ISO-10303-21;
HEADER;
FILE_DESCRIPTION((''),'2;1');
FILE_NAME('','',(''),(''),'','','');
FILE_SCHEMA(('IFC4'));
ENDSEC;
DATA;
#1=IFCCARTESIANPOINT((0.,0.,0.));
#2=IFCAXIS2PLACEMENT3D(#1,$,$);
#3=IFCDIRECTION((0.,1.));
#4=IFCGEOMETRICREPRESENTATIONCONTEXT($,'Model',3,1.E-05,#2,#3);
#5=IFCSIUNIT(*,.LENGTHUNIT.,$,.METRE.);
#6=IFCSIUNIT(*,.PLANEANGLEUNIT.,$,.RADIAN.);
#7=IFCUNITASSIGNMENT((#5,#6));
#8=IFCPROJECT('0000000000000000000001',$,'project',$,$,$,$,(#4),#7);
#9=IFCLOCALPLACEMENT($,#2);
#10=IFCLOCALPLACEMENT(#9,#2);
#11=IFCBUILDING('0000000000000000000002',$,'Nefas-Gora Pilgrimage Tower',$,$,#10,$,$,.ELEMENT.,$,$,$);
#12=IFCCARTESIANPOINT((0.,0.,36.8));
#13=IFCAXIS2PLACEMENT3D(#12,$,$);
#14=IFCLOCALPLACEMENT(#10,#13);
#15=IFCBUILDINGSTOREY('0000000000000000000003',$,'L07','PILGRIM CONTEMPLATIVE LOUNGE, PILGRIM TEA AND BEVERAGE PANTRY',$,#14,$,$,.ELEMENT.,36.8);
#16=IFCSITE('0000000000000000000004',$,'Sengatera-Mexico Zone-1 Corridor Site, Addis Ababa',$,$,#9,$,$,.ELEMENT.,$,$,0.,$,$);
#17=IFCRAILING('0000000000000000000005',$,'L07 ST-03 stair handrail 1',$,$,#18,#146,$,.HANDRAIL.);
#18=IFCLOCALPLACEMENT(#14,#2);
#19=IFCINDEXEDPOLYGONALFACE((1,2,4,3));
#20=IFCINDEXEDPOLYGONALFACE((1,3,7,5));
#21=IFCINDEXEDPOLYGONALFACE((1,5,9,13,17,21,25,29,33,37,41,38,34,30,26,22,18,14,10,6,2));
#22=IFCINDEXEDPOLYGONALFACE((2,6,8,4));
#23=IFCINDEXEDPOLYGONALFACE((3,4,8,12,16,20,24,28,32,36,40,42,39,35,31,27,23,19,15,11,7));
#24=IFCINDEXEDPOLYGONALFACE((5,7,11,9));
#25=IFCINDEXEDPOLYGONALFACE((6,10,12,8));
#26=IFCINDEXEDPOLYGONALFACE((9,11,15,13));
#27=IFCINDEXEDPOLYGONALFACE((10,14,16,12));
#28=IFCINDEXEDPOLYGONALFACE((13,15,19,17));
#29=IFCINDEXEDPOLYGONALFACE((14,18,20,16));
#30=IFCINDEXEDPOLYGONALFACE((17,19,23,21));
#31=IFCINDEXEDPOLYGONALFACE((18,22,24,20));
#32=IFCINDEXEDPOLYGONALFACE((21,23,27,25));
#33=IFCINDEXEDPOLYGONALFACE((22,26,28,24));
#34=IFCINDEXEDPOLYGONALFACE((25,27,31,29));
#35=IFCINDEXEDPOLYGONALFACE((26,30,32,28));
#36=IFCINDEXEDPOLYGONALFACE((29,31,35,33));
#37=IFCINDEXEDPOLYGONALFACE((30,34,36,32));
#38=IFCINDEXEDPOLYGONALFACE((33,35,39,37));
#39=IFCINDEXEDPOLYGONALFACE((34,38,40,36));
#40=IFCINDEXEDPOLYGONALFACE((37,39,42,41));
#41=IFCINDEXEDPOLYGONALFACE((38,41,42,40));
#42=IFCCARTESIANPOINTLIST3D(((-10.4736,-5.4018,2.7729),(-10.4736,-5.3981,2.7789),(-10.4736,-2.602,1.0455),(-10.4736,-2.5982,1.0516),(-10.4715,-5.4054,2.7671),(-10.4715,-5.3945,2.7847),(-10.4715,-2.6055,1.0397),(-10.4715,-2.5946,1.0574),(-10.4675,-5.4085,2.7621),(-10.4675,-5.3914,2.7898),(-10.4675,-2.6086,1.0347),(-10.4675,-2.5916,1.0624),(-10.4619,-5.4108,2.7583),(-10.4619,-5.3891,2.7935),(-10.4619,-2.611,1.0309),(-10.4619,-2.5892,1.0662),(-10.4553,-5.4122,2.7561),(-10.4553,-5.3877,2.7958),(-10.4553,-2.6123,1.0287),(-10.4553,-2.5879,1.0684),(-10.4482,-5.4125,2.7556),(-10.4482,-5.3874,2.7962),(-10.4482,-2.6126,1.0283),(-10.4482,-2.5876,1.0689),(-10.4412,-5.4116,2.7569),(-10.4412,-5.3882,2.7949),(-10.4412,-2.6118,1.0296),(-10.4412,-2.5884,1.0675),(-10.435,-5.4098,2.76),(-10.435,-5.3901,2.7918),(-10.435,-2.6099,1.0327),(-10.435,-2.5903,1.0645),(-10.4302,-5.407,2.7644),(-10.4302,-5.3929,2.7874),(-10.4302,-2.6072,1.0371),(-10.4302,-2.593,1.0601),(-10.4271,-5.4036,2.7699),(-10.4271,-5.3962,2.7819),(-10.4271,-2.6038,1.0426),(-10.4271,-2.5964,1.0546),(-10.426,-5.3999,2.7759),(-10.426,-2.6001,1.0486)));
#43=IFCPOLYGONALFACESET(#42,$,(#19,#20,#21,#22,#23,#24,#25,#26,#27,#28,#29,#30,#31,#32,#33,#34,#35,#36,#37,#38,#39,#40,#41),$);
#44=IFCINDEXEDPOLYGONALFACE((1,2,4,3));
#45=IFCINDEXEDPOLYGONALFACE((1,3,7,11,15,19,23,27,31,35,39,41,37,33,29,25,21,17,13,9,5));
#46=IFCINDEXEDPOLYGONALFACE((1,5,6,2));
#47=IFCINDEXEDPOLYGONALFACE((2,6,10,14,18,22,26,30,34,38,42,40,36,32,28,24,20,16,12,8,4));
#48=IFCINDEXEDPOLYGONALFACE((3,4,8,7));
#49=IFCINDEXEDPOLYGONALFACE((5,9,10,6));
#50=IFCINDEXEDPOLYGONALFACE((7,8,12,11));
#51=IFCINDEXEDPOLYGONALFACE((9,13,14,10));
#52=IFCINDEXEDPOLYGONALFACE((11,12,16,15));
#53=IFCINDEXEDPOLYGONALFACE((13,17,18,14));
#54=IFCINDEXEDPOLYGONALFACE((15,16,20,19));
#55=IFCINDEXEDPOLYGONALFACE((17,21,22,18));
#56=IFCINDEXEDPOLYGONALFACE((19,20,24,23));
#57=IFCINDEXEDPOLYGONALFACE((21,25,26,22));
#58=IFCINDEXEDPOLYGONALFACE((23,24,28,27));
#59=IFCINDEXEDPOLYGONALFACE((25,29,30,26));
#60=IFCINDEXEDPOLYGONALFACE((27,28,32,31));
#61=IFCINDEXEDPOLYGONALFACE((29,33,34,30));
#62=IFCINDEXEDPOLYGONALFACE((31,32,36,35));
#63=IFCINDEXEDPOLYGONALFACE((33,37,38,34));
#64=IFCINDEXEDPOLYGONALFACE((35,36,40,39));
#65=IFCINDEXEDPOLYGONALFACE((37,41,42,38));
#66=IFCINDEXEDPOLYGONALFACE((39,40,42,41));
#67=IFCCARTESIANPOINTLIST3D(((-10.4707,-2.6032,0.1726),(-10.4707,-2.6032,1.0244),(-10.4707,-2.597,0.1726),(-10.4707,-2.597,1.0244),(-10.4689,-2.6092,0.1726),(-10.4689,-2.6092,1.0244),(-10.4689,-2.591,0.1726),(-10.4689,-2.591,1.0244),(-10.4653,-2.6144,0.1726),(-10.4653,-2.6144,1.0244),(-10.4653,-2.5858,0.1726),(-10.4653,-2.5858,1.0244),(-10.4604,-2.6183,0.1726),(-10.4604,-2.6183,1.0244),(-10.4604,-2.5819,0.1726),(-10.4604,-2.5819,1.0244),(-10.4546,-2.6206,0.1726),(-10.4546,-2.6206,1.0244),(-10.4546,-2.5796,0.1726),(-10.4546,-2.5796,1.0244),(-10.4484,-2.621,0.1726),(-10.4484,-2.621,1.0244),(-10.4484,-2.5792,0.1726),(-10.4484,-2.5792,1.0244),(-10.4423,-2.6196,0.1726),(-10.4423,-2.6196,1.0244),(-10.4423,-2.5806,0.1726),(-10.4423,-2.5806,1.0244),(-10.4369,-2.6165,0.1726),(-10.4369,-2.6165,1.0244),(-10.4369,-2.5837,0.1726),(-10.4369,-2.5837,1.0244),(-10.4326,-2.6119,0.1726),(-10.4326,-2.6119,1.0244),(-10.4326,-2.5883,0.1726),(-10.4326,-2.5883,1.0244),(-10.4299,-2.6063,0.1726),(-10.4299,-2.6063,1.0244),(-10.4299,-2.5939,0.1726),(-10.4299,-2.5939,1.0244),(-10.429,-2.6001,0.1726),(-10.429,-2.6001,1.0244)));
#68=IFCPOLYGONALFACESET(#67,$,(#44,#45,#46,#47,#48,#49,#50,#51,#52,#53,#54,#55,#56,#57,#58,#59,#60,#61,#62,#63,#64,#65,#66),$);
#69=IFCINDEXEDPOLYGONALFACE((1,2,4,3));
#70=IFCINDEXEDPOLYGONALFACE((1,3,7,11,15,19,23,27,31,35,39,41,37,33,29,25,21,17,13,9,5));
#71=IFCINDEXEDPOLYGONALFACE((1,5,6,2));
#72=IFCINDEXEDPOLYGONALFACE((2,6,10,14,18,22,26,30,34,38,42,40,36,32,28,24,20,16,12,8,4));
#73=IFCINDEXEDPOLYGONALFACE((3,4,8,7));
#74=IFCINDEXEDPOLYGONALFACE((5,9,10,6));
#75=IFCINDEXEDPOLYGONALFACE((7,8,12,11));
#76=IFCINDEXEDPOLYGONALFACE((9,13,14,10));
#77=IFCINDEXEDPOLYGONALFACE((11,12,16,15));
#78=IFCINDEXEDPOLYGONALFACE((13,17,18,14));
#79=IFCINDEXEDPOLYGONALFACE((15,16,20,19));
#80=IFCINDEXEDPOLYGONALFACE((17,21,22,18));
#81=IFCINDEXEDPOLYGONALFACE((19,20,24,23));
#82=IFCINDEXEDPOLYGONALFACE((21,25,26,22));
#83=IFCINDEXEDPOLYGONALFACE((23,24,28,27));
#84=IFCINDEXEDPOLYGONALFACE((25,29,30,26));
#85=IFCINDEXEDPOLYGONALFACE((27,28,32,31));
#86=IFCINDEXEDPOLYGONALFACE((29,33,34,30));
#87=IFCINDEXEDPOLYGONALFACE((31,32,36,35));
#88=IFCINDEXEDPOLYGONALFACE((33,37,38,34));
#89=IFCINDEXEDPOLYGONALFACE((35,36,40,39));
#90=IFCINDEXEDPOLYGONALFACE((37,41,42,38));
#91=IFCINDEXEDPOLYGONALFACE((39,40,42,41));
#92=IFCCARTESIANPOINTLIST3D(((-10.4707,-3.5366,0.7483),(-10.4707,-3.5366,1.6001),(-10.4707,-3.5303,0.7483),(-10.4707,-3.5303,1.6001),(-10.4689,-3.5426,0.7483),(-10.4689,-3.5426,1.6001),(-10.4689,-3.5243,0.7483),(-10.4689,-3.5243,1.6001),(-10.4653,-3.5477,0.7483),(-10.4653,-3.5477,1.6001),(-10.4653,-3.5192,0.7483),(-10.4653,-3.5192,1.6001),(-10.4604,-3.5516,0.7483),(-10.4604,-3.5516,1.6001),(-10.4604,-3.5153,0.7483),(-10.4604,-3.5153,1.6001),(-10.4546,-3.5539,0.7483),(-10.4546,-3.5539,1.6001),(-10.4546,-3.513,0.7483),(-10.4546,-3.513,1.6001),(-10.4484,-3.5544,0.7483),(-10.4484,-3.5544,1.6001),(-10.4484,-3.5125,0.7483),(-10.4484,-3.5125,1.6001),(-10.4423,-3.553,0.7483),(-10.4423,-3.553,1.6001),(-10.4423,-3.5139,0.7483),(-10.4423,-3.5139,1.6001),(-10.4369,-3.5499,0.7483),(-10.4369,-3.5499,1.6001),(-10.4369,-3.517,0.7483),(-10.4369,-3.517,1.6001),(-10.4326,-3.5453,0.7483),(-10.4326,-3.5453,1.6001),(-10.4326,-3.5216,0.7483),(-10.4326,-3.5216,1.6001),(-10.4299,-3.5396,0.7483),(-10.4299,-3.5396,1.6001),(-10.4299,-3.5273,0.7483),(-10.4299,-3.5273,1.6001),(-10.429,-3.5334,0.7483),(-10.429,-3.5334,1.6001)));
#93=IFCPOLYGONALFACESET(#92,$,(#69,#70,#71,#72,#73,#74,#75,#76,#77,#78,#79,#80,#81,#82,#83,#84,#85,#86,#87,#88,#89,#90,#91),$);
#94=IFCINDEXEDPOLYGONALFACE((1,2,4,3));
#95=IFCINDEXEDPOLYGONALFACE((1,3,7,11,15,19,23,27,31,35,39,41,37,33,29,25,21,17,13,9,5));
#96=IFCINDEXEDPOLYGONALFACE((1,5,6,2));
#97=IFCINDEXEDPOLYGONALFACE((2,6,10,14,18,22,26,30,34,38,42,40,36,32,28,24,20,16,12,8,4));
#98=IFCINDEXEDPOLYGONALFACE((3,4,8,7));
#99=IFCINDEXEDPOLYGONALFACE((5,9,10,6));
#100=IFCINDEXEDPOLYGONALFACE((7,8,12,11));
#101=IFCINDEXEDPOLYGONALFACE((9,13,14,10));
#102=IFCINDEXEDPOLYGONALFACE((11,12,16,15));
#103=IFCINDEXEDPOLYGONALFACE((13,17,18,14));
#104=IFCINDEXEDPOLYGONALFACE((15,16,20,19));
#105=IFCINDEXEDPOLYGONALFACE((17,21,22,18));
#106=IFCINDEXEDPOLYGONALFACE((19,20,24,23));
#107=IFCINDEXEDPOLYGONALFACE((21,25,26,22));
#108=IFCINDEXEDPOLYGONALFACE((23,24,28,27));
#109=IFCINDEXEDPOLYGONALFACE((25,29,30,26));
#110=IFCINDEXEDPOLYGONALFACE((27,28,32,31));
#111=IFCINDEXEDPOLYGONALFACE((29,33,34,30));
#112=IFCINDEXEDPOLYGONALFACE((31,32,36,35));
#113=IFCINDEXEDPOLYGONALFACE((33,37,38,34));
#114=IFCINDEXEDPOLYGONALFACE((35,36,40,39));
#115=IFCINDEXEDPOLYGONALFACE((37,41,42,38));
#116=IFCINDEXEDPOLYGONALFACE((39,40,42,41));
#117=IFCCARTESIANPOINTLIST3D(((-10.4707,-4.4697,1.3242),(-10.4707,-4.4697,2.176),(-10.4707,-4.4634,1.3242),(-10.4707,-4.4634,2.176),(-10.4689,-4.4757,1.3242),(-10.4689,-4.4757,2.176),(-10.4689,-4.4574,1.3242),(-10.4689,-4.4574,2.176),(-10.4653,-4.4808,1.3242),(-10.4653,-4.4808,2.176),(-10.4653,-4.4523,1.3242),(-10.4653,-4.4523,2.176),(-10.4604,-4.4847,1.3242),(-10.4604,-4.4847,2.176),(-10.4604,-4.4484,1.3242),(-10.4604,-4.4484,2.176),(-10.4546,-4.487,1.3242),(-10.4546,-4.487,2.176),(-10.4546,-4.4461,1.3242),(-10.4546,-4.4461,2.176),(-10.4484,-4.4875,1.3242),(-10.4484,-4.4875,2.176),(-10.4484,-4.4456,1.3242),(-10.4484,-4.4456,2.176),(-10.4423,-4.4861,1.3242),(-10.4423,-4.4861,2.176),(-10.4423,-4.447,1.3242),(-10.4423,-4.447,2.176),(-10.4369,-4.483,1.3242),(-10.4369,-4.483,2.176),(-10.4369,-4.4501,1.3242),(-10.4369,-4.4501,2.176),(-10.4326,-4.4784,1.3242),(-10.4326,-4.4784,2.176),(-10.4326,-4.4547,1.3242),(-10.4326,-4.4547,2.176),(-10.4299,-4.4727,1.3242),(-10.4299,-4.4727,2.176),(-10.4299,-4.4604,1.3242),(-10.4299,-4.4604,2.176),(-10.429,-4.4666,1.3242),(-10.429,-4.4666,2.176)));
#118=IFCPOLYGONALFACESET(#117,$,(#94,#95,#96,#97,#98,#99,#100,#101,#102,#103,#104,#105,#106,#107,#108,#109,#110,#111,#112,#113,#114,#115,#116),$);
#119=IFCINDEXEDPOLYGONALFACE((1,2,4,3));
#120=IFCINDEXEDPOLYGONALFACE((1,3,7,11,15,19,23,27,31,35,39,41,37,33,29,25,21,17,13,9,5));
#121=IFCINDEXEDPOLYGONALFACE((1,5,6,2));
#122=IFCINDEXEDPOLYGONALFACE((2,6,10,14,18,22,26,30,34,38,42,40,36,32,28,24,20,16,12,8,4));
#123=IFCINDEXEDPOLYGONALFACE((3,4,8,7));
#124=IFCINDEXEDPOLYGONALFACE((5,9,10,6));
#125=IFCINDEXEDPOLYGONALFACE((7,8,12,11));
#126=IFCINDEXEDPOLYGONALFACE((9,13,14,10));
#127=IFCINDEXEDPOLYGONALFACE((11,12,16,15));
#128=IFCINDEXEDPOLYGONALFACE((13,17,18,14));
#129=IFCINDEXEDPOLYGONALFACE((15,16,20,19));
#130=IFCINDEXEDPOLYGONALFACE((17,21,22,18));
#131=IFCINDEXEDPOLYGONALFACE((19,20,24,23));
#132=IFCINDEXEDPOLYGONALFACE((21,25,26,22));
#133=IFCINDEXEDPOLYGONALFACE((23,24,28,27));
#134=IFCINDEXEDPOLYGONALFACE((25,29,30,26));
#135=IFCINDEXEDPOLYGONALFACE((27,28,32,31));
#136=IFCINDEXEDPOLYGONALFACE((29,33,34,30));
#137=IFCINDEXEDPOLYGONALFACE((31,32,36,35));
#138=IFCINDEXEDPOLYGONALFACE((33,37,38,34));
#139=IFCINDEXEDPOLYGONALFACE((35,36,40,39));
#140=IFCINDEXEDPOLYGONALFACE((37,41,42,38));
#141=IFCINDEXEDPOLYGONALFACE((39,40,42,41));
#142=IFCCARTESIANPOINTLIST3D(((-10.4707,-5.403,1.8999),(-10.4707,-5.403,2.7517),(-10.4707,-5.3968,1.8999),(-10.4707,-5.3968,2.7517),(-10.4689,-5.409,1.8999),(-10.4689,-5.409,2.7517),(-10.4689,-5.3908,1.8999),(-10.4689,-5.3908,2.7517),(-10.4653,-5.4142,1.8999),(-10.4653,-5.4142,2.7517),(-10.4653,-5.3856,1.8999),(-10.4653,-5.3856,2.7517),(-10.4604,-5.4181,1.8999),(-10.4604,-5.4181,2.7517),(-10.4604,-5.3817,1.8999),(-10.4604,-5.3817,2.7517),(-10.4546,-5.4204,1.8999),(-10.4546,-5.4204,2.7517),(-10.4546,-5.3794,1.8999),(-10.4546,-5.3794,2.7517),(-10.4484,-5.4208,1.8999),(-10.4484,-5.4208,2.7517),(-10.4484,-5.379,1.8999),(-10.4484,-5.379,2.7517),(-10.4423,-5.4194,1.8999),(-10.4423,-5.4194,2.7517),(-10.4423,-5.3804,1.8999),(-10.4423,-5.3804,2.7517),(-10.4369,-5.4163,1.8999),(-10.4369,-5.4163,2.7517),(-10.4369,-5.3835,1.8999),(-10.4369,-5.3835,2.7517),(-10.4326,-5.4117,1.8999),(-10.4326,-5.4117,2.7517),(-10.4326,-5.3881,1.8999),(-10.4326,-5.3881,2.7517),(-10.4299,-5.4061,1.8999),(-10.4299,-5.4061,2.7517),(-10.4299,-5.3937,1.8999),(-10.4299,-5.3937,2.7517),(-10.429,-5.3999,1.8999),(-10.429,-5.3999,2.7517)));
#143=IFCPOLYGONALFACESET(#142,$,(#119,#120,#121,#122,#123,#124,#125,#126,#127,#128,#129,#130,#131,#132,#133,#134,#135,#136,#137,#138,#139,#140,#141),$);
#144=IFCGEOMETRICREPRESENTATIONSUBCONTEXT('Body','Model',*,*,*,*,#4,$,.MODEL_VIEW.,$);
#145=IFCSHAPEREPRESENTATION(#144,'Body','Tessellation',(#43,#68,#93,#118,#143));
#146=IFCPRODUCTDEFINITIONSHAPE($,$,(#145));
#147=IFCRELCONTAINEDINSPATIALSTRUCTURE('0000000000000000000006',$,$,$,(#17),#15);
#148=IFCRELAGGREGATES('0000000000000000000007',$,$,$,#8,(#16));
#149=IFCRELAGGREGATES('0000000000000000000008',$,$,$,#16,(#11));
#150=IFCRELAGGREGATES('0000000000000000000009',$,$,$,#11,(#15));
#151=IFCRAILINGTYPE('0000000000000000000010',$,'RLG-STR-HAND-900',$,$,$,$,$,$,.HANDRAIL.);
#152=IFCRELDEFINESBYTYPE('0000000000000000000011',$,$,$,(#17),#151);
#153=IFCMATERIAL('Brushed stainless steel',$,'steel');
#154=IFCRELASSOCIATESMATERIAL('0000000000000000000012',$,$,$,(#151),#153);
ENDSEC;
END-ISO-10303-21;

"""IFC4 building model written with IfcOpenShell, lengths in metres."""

from ifc_helpers import new_model, si_unit, direction, frame, origin, origin_2d, place, context, subcontext, project, spatial, circle, extrude, material, type_object, element, save


model = new_model("IFC4")

# Units and contexts
model_context = context("Model", 3, precision=1e-05, world=origin(), true_north=direction((0.0, 1.0)))
body_context = subcontext(model_context, "Body", "Model", "MODEL_VIEW")
ifc_project = project(units=[si_unit("LENGTHUNIT", "METRE"), si_unit("PLANEANGLEUNIT", "RADIAN")], contexts=[model_context])

# Site, building, storey
site_placement = place(None, origin())
site = spatial("IfcSite", under=ifc_project, at=site_placement, Name="Sengatera-Mexico Zone-1 Corridor Site, Addis Ababa", CompositionType="ELEMENT", RefElevation=0.0)
building_placement = place(site_placement, origin())
building = spatial("IfcBuilding", under=site, at=building_placement, Name="Nefas-Gora Pilgrimage Tower", CompositionType="ELEMENT")
storey_placement = place(building_placement, frame((0.0, 0.0, 36.8)))
storey = spatial("IfcBuildingStorey", under=building, at=storey_placement, Name="L07", Description="PILGRIM CONTEMPLATIVE LOUNGE, PILGRIM TEA AND BEVERAGE PANTRY", CompositionType="ELEMENT", Elevation=36.8)

# Railing
ifc_material_1 = material(Name="Brushed stainless steel", Category="steel")
railing_type_1 = type_object("IfcRailingType", Name="RLG-STR-HAND-900", PredefinedType="HANDRAIL", material=ifc_material_1)
railing_1_placement = place(storey_placement, frame((-10.45, -2.6001, 0.1726)))
element("IfcRailing", 1, at=railing_1_placement, inside=storey, type_object=railing_type_1, Name="L07 ST-03 stair handrail 1", PredefinedType="HANDRAIL", context=body_context, shape_type="SweptSolid", body=[
    extrude(circle(Radius=0.0239, at=origin_2d()), frame((0.0, 0.0, 0.876), z_axis=(0.0, -0.851069, 0.525054), x_axis=(1.0, 0.0, 0.0)), (0.0, 0.0, 1.0), 3.2898),
    extrude(circle(Radius=0.021, at=origin_2d()), origin(), (0.0, 0.0, 1.0), 0.8518),
    extrude(circle(Radius=0.021, at=origin_2d()), frame((0.0, -0.9333, 0.5757)), (0.0, 0.0, 1.0), 0.8518),
    extrude(circle(Radius=0.021, at=origin_2d()), frame((0.0, -1.8665, 1.1516)), (0.0, 0.0, 1.0), 0.8518),
    extrude(circle(Radius=0.021, at=origin_2d()), frame((0.0, -2.7998, 1.7273)), (0.0, 0.0, 1.0), 0.8518),
])

save(model, "model.ifc")
